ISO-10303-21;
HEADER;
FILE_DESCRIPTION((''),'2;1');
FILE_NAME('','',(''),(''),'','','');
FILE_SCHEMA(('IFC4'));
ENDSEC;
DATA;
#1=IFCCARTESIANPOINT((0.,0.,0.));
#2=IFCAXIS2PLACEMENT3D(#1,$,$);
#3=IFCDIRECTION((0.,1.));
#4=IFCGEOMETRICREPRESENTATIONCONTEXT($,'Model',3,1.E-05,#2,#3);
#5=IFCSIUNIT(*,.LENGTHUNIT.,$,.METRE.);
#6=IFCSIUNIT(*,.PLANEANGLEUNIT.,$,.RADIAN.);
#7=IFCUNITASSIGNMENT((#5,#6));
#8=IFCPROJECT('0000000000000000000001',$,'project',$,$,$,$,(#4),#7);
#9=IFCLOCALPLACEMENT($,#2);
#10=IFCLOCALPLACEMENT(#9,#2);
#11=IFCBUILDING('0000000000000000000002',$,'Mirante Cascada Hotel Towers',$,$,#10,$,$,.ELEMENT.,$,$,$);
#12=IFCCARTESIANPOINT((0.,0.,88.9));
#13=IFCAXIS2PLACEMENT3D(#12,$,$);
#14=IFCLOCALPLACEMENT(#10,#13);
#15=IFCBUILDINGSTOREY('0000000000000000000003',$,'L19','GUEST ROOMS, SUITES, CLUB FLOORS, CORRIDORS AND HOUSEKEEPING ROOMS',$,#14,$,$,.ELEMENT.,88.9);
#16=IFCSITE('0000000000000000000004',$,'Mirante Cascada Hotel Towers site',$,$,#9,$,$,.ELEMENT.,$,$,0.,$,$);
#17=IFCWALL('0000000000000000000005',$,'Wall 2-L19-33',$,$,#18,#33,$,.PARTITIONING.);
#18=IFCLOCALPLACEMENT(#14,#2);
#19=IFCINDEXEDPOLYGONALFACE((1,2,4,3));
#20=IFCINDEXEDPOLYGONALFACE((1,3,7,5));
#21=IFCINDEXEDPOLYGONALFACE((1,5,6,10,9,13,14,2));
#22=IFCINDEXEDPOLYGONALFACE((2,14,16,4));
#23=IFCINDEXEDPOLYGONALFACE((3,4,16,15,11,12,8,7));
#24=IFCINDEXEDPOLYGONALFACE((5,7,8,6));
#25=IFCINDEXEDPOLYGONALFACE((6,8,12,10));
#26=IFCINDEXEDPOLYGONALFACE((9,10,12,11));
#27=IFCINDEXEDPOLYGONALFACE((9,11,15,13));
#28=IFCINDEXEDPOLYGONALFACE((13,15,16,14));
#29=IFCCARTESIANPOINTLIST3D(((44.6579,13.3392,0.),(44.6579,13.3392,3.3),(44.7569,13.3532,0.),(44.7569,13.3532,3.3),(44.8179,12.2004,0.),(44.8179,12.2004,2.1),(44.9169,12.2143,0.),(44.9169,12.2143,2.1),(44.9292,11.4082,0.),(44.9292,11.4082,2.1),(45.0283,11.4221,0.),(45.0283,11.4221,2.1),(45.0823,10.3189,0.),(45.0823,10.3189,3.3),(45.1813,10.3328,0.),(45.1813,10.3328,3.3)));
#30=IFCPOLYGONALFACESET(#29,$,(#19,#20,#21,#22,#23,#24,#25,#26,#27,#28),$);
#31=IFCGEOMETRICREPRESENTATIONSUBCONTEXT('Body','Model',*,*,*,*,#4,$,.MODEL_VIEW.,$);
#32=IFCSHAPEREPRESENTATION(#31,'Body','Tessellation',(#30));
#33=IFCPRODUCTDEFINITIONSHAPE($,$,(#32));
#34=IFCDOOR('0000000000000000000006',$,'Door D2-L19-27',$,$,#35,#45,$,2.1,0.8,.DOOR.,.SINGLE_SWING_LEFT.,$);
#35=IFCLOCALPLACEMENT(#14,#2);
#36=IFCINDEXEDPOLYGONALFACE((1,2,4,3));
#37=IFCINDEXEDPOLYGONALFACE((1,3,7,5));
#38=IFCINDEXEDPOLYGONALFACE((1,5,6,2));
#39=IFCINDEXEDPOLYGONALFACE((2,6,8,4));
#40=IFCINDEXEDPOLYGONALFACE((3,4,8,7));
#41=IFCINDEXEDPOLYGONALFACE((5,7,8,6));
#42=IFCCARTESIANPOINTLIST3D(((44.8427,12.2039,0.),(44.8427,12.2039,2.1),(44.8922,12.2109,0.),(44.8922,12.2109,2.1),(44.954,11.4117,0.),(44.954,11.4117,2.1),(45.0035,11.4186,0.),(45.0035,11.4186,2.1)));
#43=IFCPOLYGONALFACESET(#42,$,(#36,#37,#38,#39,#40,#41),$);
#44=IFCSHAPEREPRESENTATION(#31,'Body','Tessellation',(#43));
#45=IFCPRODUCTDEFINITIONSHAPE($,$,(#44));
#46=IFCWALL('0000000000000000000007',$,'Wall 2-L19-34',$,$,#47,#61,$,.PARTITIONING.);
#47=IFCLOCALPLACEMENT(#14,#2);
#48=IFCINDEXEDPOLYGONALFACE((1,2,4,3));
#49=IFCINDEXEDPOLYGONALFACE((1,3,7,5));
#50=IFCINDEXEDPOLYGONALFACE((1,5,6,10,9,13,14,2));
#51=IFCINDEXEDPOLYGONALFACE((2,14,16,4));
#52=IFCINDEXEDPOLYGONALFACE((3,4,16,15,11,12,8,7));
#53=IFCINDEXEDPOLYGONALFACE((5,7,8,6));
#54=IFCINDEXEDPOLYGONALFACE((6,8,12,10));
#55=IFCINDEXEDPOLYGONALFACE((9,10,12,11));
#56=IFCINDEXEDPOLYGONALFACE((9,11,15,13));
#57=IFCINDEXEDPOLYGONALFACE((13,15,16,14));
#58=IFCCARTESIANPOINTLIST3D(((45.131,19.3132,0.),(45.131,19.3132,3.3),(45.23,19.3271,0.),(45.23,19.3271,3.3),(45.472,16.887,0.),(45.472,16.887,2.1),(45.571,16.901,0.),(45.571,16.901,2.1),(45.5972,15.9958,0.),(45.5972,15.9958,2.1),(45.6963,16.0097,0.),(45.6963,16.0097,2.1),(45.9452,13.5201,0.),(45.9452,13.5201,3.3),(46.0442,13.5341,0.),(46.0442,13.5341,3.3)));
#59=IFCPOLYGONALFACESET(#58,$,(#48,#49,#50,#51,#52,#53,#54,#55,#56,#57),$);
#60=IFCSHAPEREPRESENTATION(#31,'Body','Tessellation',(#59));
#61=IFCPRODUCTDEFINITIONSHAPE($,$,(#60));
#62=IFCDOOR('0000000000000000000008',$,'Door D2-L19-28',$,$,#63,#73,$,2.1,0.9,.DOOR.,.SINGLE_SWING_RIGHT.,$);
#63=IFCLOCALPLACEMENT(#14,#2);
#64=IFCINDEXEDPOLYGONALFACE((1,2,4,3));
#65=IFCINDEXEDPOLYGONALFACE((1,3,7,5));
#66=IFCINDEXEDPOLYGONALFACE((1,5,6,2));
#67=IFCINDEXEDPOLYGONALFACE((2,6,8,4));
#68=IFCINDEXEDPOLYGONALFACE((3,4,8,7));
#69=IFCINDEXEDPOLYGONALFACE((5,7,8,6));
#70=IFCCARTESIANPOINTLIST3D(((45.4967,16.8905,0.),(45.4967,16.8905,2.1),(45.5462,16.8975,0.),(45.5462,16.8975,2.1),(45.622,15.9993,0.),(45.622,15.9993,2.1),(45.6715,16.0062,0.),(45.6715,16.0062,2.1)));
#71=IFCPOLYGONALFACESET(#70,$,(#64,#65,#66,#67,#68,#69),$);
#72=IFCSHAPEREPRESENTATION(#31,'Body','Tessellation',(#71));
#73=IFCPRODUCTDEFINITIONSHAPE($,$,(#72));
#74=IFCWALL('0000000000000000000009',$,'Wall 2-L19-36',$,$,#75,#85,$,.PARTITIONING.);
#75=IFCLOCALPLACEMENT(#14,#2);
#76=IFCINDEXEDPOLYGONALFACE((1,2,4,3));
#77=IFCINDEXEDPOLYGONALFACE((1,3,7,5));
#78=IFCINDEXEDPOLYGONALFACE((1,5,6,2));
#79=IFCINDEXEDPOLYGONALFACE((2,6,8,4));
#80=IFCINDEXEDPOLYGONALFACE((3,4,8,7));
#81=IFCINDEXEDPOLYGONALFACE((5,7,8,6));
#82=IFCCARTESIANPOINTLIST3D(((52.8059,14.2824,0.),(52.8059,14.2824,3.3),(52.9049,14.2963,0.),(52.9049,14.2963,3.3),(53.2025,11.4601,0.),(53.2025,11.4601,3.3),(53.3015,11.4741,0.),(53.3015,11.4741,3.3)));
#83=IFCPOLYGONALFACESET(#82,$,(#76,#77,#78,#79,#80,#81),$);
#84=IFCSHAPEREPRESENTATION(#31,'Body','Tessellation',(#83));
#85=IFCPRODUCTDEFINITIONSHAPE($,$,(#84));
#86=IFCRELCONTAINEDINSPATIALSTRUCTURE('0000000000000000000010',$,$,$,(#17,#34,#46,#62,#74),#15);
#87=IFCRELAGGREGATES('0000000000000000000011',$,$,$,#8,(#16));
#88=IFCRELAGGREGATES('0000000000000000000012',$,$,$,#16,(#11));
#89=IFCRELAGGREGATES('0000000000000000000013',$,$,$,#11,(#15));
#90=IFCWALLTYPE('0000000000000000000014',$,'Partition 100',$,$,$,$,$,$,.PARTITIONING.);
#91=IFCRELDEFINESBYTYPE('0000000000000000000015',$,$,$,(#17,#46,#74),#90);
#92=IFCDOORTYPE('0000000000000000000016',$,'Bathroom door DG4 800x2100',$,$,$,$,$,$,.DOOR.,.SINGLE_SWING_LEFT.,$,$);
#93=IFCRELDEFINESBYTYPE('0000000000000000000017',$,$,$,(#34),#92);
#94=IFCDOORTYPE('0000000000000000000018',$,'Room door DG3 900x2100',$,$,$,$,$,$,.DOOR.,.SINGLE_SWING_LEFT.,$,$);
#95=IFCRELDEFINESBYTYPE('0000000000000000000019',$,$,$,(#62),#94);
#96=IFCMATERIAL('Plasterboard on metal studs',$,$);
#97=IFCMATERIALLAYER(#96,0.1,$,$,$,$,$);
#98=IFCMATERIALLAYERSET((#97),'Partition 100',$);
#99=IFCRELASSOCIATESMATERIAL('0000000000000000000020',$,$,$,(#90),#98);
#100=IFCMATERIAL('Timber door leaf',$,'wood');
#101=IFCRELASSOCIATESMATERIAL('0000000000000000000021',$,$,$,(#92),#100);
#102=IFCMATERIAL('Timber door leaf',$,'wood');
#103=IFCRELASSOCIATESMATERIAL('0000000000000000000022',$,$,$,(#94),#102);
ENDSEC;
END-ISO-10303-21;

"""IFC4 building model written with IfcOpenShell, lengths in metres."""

from ifc_helpers import new_model, si_unit, direction, frame, frame_2d, origin, place, context, subcontext, project, spatial, rectangle, extrude, material, layer, layer_set, type_object, element, fill, save


model = new_model("IFC4")

# Units and contexts
model_context = context("Model", 3, precision=1e-05, world=origin(), true_north=direction((0.0, 1.0)))
body_context = subcontext(model_context, "Body", "Model", "MODEL_VIEW")
ifc_project = project(units=[si_unit("LENGTHUNIT", "METRE"), si_unit("PLANEANGLEUNIT", "RADIAN")], contexts=[model_context])

# Site, building, storey
site_placement = place(None, origin())
site = spatial("IfcSite", under=ifc_project, at=site_placement, Name="Mirante Cascada Hotel Towers site", CompositionType="ELEMENT", RefElevation=0.0)
building_placement = place(site_placement, origin())
building = spatial("IfcBuilding", under=site, at=building_placement, Name="Mirante Cascada Hotel Towers", CompositionType="ELEMENT")
storey_placement = place(building_placement, frame((0.0, 0.0, 88.9)))
storey = spatial("IfcBuildingStorey", under=building, at=storey_placement, Name="L19", Description="GUEST ROOMS, SUITES, CLUB FLOORS, CORRIDORS AND HOUSEKEEPING ROOMS", CompositionType="ELEMENT", Elevation=88.9)

# Shared definitions
ifc_material_1 = material(Name="Plasterboard on metal studs")
ifc_layer_1 = layer(ifc_material_1, 0.1)
ifc_layer_set_1 = layer_set([ifc_layer_1], Name="Partition 100")
wall_type_1 = type_object("IfcWallType", Name="Partition 100", PredefinedType="PARTITIONING", material=ifc_layer_set_1)
ifc_material_2 = material(Name="Timber door leaf", Category="wood")
door_type_1 = type_object("IfcDoorType", Name="Bathroom door DG4 800x2100", OperationType="SINGLE_SWING_LEFT", PredefinedType="DOOR", material=ifc_material_2)

# Walls, openings, doors
wall_1_placement = place(storey_placement, frame((44.7074, 13.3462, 0.0), z_axis=(0.0, 0.0, 1.0), x_axis=(0.139149, -0.990271, 0.0)))
wall_1 = element("IfcWall", 1, at=wall_1_placement, inside=storey, type_object=wall_type_1, Name="Wall 2-L19-33", PredefinedType="PARTITIONING", context=body_context, shape_type="SweptSolid", body=[
    extrude(rectangle(XDim=3.05, YDim=0.1, at=frame_2d((1.525, 0.0))), origin(), (0.0, 0.0, 1.0), 3.3),
])
opening_1_placement = place(wall_1_placement, frame((1.15, 0.0, 0.0)))
opening_1 = element("IfcOpeningElement", 2, at=opening_1_placement, cuts=wall_1, PredefinedType="OPENING", context=body_context, shape_type="SweptSolid", body=[
    extrude(rectangle(XDim=0.8, YDim=2.1, at=frame_2d((0.4, 1.05))), frame((0.0, 0.05, 0.0), z_axis=(0.0, -1.0, 0.0), x_axis=(1.0, 0.0, 0.0)), (0.0, 0.0, 1.0), 0.1),
])
door_1_placement = place(opening_1_placement, origin())
door_1 = element("IfcDoor", 3, at=door_1_placement, inside=storey, type_object=door_type_1, Name="Door D2-L19-27", OperationType="SINGLE_SWING_LEFT", OverallHeight=2.1, OverallWidth=0.8, PredefinedType="DOOR", context=body_context, shape_type="SweptSolid", body=[
    extrude(rectangle(XDim=0.8, YDim=2.1, at=frame_2d((0.4, 1.05))), frame((0.0, 0.025, 0.0), z_axis=(0.0, -1.0, 0.0), x_axis=(1.0, 0.0, 0.0)), (0.0, 0.0, 1.0), 0.05),
])
fill(opening_1, door_1)
wall_2_placement = place(storey_placement, frame((45.9947, 13.5271, 0.0), z_axis=(0.0, 0.0, 1.0), x_axis=(-0.139179, 0.990267, 0.0)))
wall_2 = element("IfcWall", 4, at=wall_2_placement, inside=storey, type_object=wall_type_1, Name="Wall 2-L19-34", PredefinedType="PARTITIONING", context=body_context, shape_type="SweptSolid", body=[
    extrude(rectangle(XDim=5.85, YDim=0.1, at=frame_2d((2.925, 0.0))), origin(), (0.0, 0.0, 1.0), 3.3),
])
opening_2_placement = place(wall_2_placement, frame((2.5, 0.0, 0.0)))
opening_2 = element("IfcOpeningElement", 5, at=opening_2_placement, cuts=wall_2, PredefinedType="OPENING", context=body_context, shape_type="SweptSolid", body=[
    extrude(rectangle(XDim=0.9, YDim=2.1, at=frame_2d((0.45, 1.05))), frame((0.0, 0.05, 0.0), z_axis=(0.0, -1.0, 0.0), x_axis=(1.0, 0.0, 0.0)), (0.0, 0.0, 1.0), 0.1),
])
ifc_material_3 = material(Name="Timber door leaf", Category="wood")
door_type_2 = type_object("IfcDoorType", Name="Room door DG3 900x2100", OperationType="SINGLE_SWING_LEFT", PredefinedType="DOOR", material=ifc_material_3)
door_2_placement = place(opening_2_placement, frame((0.9, 0.0, 0.0), z_axis=(0.0, 0.0, 1.0), x_axis=(-1.0, 0.0, 0.0)))
door_2 = element("IfcDoor", 6, at=door_2_placement, inside=storey, type_object=door_type_2, Name="Door D2-L19-28", OperationType="SINGLE_SWING_RIGHT", OverallHeight=2.1, OverallWidth=0.9, PredefinedType="DOOR", context=body_context, shape_type="SweptSolid", body=[
    extrude(rectangle(XDim=0.9, YDim=2.1, at=frame_2d((0.45, 1.05))), frame((0.0, 0.025, 0.0), z_axis=(0.0, -1.0, 0.0), x_axis=(1.0, 0.0, 0.0)), (0.0, 0.0, 1.0), 0.05),
])
fill(opening_2, door_2)

# Wall
wall_3_placement = place(storey_placement, frame((53.252, 11.4671, 0.0), z_axis=(0.0, 0.0, 1.0), x_axis=(-0.139156, 0.99027, 0.0)))
element("IfcWall", 7, at=wall_3_placement, inside=storey, type_object=wall_type_1, Name="Wall 2-L19-36", PredefinedType="PARTITIONING", context=body_context, shape_type="SweptSolid", body=[
    extrude(rectangle(XDim=2.85, YDim=0.1, at=frame_2d((1.425, 0.0))), origin(), (0.0, 0.0, 1.0), 3.3),
])

save(model, "model.ifc")
